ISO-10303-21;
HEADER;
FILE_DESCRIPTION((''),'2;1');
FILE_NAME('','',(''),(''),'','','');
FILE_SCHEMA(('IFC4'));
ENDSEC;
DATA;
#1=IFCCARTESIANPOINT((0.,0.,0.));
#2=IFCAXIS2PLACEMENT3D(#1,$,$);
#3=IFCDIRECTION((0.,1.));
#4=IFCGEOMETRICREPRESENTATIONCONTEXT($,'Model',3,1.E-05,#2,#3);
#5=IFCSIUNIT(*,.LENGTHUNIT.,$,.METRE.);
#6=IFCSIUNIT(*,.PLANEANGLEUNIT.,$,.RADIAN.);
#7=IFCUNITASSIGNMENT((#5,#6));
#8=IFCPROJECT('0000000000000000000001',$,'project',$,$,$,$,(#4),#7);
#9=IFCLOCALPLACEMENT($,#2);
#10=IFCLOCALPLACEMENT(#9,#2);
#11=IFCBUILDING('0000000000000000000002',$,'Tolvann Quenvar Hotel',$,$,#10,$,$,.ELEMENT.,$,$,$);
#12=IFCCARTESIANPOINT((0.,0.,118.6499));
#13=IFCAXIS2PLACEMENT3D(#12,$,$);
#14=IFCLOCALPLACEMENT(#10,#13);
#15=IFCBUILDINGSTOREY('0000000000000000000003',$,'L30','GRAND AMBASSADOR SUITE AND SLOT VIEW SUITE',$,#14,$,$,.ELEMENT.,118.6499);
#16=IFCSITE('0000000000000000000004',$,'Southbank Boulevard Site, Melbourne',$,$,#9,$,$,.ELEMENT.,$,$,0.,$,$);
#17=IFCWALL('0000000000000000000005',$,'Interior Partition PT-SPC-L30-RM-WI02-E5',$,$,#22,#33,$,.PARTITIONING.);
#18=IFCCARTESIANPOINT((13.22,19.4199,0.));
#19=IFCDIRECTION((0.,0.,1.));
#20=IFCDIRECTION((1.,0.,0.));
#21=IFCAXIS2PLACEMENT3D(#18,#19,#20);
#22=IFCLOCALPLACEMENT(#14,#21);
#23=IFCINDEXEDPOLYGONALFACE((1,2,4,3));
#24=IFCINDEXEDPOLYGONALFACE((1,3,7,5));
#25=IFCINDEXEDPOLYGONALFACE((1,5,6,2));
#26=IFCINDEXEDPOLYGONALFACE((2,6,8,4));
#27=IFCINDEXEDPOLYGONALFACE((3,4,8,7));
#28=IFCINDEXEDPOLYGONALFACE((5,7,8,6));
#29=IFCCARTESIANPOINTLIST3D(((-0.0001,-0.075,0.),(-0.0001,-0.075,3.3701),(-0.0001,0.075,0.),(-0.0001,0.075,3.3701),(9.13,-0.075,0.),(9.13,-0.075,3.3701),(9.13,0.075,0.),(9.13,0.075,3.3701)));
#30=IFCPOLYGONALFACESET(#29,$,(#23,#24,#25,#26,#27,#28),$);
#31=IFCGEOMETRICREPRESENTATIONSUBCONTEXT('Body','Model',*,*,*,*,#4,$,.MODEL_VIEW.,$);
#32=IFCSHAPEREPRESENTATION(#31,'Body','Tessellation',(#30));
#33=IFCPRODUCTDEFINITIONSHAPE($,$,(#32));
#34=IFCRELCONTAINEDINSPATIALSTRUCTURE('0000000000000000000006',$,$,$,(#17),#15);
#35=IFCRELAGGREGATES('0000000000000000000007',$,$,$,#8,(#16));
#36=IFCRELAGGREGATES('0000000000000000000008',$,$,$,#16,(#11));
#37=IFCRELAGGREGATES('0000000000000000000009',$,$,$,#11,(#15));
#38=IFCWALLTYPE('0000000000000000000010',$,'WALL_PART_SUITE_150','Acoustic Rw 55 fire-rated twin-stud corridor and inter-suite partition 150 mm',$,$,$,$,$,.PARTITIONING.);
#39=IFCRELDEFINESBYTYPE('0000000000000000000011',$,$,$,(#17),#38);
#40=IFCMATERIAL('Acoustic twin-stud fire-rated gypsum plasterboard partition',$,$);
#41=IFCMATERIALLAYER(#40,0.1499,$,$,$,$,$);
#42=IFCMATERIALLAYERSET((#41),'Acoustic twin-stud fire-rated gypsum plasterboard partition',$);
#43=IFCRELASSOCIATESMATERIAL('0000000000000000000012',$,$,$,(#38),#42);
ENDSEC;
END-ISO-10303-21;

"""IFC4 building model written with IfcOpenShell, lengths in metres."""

from ifc_helpers import new_model, si_unit, direction, frame, frame_2d, origin, place, context, subcontext, project, spatial, rectangle, extrude, material, layer, layer_set, type_object, element, save


model = new_model("IFC4")

# Units and contexts
model_context = context("Model", 3, precision=1e-05, world=origin(), true_north=direction((0.0, 1.0)))
body_context = subcontext(model_context, "Body", "Model", "MODEL_VIEW")
ifc_project = project(units=[si_unit("LENGTHUNIT", "METRE"), si_unit("PLANEANGLEUNIT", "RADIAN")], contexts=[model_context])

# Site, building, storey
site_placement = place(None, origin())
site = spatial("IfcSite", under=ifc_project, at=site_placement, Name="Southbank Boulevard Site, Melbourne", CompositionType="ELEMENT", RefElevation=0.0)
building_placement = place(site_placement, origin())
building = spatial("IfcBuilding", under=site, at=building_placement, Name="Tolvann Quenvar Hotel", CompositionType="ELEMENT")
storey_placement = place(building_placement, frame((0.0, 0.0, 118.6499)))
storey = spatial("IfcBuildingStorey", under=building, at=storey_placement, Name="L30", Description="GRAND AMBASSADOR SUITE AND SLOT VIEW SUITE", CompositionType="ELEMENT", Elevation=118.6499)

# Shared definitions
ifc_material_1 = material(Name="Acoustic twin-stud fire-rated gypsum plasterboard partition")

# Shared definitions
ifc_layer_1 = layer(ifc_material_1, 0.1499)
ifc_layer_set_1 = layer_set([ifc_layer_1], Name="Acoustic twin-stud fire-rated gypsum plasterboard partition")
wall_type_1 = type_object("IfcWallType", Name="WALL_PART_SUITE_150", Description="Acoustic Rw 55 fire-rated twin-stud corridor and inter-suite partition 150 mm", PredefinedType="PARTITIONING", material=ifc_layer_set_1)

# Wall
wall_1_placement = place(storey_placement, frame((13.22, 19.4199, 0.0), z_axis=(0.0, 0.0, 1.0), x_axis=(1.0, 0.0, 0.0)))
element("IfcWall", 1, at=wall_1_placement, inside=storey, type_object=wall_type_1, Name="Interior Partition PT-SPC-L30-RM-WI02-E5", PredefinedType="PARTITIONING", context=body_context, shape_type="SweptSolid", body=[
    extrude(rectangle(XDim=9.1301, YDim=0.1499, at=frame_2d((4.5649, 0.0))), origin(), (0.0, 0.0, 1.0), 3.3701),
])

save(model, "model.ifc")
